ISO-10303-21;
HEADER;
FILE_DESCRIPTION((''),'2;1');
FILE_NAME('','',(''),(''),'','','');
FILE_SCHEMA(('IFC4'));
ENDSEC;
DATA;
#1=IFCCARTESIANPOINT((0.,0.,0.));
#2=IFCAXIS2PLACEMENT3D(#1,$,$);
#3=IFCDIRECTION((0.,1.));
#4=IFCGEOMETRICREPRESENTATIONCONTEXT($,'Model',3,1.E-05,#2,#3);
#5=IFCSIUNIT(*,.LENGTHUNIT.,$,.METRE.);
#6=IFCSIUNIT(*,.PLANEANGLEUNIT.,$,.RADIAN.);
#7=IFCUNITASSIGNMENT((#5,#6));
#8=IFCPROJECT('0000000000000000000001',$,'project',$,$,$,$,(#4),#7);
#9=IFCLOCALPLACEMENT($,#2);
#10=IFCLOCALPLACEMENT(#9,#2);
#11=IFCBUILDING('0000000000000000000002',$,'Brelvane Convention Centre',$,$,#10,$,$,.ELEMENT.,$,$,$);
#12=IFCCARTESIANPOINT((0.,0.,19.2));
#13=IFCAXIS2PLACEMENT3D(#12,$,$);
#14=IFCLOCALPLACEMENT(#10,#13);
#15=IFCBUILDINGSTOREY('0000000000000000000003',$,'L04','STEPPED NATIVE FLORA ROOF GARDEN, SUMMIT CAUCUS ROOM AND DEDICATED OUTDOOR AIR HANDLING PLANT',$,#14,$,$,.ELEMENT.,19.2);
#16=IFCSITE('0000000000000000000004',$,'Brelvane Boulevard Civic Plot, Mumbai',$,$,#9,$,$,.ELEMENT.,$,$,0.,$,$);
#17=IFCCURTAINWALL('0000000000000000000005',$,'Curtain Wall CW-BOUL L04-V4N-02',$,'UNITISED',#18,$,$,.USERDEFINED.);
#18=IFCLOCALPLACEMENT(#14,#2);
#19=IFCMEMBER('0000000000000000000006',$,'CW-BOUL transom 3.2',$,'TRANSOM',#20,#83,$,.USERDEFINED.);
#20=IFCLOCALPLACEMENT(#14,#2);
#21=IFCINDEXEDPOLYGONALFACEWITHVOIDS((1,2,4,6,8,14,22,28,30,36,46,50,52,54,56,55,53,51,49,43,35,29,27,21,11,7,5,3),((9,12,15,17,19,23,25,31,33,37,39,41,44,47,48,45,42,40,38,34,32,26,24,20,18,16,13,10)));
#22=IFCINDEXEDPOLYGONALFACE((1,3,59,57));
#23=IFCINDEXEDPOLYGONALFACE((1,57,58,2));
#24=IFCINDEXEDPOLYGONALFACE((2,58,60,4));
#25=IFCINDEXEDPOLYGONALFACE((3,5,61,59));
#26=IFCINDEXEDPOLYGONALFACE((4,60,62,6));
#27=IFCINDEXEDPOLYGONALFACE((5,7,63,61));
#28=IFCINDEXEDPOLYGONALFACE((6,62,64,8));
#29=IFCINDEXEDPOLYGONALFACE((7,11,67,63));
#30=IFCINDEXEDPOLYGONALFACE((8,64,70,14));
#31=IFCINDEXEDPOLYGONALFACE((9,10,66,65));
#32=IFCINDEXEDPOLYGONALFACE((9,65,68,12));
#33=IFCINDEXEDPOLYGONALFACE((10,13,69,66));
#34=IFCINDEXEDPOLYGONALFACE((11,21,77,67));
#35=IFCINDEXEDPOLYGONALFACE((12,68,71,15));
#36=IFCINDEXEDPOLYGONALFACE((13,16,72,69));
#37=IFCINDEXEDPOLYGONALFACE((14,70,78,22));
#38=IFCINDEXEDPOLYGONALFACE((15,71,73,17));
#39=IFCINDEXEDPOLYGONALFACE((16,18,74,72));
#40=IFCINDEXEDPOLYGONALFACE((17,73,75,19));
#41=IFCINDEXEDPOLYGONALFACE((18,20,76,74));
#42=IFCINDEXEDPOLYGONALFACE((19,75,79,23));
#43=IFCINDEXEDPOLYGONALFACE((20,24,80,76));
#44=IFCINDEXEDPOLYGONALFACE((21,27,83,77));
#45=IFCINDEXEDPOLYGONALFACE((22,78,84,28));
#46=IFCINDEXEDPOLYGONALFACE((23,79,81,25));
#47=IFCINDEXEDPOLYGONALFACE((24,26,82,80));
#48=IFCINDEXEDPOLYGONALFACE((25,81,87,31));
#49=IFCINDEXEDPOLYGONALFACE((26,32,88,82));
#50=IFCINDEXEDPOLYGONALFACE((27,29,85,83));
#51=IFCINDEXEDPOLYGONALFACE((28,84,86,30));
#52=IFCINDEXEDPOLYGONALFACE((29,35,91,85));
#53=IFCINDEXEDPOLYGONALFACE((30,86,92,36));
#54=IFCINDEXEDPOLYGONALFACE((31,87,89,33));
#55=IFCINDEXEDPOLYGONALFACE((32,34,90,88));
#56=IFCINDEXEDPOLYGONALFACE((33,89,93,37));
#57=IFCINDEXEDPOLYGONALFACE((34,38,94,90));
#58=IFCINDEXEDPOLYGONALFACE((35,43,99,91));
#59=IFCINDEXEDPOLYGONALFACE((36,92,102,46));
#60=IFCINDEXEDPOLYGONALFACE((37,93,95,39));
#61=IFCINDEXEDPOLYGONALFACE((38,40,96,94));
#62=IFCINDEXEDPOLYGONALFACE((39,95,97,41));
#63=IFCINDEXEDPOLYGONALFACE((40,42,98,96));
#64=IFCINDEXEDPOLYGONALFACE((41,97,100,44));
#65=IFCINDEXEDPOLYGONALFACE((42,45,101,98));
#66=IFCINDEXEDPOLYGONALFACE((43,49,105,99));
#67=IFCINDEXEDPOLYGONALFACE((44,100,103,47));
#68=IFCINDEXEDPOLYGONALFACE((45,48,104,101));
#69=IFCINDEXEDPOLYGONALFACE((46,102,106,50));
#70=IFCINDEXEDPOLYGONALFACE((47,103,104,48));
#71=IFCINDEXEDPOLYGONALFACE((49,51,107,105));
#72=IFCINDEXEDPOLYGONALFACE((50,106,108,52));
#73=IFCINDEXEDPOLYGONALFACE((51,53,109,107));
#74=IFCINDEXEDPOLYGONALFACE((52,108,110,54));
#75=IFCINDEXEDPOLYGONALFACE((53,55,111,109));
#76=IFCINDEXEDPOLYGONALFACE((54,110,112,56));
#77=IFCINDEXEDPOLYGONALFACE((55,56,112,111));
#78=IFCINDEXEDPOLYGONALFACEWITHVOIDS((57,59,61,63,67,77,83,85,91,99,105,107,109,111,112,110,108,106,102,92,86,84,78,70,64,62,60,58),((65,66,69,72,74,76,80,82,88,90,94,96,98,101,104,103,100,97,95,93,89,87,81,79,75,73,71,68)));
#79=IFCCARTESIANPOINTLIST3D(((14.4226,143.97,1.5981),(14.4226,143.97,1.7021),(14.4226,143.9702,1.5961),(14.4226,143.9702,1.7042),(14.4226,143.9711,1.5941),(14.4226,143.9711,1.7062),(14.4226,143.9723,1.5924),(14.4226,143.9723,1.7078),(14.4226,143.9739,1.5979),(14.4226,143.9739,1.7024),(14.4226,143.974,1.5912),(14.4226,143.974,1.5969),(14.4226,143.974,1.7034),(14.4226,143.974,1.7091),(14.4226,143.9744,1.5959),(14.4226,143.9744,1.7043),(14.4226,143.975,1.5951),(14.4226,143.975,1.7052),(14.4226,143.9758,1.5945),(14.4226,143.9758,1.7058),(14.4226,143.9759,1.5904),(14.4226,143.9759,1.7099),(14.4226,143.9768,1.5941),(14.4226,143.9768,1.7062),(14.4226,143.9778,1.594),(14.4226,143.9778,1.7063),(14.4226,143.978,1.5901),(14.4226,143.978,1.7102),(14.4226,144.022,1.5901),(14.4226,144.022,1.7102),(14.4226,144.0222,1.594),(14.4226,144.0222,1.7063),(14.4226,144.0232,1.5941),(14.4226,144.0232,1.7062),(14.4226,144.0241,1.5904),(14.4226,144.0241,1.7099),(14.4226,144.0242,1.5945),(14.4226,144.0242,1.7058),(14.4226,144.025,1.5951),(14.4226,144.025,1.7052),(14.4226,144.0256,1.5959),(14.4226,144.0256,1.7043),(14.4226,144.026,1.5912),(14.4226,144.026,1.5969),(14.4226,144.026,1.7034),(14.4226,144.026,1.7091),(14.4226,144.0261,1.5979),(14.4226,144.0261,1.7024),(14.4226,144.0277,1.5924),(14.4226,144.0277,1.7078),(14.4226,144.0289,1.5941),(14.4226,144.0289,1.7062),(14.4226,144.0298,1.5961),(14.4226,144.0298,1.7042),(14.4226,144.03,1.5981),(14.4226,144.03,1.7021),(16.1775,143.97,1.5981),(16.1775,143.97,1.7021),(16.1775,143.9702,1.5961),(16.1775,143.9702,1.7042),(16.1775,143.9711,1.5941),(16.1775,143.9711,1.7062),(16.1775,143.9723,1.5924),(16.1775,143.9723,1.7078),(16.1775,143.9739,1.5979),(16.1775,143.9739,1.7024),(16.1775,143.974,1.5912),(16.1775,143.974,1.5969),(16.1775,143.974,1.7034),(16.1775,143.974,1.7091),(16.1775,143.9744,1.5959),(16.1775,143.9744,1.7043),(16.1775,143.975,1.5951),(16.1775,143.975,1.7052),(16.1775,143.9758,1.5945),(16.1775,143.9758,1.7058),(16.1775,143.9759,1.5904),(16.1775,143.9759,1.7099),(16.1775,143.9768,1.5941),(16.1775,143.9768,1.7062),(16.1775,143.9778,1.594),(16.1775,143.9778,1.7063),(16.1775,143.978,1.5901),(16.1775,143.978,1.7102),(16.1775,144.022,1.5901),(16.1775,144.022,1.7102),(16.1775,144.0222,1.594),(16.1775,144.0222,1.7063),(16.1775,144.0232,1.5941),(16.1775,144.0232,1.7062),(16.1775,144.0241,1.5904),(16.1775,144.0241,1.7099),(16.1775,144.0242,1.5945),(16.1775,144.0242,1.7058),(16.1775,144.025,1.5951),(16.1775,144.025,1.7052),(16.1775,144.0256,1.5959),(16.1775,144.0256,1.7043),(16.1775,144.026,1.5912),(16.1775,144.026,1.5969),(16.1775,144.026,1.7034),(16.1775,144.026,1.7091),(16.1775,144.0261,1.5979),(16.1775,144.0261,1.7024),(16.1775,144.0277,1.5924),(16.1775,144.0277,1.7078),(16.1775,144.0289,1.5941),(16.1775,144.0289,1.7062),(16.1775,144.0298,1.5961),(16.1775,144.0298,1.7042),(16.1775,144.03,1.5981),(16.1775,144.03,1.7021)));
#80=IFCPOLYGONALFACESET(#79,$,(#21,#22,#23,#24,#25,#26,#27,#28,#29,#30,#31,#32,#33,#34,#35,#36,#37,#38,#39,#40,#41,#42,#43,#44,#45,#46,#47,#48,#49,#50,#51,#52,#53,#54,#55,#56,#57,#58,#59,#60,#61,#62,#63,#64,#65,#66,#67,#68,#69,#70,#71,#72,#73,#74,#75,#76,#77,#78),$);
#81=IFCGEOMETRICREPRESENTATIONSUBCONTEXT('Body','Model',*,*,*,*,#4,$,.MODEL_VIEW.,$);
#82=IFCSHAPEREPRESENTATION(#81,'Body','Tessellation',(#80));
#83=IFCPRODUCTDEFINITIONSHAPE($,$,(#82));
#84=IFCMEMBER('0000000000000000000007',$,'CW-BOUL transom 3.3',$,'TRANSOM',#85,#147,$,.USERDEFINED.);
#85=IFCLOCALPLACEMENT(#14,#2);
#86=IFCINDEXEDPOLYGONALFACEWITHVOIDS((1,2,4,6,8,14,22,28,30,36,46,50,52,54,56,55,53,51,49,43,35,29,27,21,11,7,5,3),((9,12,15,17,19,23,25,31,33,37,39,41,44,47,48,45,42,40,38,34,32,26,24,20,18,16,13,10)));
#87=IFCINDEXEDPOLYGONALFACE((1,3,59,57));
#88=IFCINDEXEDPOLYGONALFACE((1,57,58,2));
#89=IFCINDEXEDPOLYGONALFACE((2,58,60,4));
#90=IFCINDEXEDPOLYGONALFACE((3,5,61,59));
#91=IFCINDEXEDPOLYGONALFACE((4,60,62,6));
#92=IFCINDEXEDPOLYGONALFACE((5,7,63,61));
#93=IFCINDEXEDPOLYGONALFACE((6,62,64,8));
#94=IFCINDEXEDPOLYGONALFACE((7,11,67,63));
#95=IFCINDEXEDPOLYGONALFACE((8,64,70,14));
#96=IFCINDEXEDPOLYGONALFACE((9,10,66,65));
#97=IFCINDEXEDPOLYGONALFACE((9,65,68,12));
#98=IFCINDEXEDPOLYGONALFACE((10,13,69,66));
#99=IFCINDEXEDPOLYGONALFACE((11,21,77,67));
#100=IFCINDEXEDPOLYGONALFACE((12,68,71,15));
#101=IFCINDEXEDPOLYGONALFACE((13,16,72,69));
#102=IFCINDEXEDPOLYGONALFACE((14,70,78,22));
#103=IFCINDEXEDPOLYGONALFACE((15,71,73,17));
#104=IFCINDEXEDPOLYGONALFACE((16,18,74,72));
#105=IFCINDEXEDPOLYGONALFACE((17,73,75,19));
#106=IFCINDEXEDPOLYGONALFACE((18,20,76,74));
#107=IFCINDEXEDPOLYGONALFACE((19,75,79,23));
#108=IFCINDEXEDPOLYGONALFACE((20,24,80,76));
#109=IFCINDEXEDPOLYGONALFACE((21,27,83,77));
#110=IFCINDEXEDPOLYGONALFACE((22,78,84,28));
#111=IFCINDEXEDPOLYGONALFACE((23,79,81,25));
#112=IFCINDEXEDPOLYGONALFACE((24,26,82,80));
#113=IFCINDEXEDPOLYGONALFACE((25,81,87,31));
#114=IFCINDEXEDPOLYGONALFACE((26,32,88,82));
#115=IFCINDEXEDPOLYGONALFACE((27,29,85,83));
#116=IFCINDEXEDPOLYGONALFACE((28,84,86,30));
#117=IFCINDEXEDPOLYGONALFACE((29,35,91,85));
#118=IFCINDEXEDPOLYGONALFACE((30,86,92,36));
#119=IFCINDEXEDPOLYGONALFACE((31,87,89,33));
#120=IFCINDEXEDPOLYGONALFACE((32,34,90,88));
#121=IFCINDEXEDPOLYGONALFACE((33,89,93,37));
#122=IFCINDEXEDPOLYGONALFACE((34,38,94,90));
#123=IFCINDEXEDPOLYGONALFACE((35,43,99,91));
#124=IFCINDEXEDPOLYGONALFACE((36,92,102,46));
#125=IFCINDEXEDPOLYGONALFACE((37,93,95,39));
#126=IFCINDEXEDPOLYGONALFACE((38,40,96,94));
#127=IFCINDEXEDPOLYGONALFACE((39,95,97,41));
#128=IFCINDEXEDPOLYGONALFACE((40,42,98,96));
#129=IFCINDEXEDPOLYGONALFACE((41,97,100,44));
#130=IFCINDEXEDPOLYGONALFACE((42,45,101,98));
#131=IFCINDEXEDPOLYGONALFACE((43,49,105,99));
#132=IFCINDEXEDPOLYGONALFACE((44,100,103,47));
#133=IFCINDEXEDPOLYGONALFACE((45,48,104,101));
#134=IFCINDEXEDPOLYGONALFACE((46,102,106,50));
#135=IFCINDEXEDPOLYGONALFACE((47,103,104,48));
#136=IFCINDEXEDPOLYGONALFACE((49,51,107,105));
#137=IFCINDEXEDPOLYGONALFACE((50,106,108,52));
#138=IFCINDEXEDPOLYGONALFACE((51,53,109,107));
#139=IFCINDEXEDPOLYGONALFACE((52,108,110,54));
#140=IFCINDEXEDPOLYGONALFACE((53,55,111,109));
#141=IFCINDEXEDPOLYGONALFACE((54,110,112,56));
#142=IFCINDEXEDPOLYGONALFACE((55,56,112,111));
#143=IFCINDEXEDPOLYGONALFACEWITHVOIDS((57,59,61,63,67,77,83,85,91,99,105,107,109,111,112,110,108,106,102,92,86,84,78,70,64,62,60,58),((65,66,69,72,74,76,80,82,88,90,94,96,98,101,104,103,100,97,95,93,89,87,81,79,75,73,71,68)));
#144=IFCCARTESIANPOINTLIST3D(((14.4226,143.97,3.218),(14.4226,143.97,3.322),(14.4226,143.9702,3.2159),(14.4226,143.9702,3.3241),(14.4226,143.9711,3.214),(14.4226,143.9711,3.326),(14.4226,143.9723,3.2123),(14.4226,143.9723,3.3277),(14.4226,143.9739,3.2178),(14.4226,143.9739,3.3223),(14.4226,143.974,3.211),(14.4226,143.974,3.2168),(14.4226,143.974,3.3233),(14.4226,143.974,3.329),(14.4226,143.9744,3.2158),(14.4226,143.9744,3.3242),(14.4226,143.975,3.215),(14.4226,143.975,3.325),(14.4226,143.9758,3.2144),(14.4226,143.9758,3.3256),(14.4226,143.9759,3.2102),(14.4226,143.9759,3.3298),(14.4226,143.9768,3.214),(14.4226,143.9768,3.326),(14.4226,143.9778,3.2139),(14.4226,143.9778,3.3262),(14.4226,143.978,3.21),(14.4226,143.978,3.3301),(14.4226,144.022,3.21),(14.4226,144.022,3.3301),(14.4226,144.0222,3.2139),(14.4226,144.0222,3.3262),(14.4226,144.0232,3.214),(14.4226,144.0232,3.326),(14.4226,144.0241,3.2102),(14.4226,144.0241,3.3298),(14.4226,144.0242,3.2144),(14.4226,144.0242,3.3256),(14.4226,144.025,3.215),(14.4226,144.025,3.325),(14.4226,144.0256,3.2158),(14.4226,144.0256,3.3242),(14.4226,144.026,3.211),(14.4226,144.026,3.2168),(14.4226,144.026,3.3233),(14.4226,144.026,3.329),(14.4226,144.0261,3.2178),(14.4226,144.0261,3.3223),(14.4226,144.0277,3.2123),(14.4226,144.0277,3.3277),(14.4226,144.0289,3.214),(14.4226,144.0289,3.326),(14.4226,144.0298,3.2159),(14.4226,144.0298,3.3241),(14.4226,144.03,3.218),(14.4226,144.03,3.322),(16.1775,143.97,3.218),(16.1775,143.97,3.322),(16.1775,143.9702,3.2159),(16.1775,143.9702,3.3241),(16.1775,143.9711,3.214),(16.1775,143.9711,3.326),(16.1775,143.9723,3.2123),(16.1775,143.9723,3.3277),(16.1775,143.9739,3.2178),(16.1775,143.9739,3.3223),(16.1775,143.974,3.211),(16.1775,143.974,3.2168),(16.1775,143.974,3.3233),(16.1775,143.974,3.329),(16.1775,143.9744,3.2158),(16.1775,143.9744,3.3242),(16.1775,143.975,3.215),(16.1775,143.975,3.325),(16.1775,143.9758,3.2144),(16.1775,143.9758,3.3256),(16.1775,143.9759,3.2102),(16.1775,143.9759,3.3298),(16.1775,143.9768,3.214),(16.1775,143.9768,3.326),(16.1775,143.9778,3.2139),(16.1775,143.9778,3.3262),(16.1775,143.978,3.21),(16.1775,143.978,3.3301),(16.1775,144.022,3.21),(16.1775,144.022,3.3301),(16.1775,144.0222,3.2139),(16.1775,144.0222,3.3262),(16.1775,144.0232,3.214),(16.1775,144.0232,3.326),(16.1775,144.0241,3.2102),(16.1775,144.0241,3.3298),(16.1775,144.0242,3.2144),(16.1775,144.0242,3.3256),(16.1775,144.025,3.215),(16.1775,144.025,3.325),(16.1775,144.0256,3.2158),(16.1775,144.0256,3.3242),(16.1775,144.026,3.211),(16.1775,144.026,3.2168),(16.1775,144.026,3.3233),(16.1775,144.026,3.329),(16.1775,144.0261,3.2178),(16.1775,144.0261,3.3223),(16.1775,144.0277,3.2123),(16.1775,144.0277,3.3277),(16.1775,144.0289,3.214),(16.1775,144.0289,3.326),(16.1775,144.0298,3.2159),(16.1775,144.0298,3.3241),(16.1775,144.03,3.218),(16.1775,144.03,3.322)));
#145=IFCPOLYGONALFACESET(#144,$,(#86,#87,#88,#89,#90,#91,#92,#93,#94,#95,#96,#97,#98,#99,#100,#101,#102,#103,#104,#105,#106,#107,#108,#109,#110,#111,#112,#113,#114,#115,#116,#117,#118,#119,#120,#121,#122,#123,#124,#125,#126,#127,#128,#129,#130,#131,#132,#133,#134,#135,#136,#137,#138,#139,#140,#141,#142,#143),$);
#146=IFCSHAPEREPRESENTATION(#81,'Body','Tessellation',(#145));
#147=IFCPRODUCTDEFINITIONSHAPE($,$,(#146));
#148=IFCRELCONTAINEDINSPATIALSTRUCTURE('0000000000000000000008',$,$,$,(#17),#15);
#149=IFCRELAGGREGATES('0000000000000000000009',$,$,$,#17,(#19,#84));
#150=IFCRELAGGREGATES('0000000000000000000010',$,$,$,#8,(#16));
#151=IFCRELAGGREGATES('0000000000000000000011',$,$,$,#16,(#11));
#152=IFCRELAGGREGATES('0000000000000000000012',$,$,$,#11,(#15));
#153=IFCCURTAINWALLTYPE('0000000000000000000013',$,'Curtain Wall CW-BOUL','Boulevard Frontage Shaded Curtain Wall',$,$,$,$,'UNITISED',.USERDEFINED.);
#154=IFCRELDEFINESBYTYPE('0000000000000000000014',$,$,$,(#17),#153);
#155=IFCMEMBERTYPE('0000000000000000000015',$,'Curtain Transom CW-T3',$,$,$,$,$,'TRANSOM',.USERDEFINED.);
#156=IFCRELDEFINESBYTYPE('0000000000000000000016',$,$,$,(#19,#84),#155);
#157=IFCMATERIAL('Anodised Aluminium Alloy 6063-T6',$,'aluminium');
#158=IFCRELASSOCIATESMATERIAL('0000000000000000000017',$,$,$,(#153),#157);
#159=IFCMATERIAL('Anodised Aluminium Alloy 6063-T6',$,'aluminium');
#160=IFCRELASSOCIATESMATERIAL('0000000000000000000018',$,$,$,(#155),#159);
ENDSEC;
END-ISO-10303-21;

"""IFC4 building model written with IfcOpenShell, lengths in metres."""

from ifc_helpers import new_model, si_unit, direction, frame, origin, origin_2d, place, context, subcontext, project, spatial, hollow_rectangle, extrude, material, material_profile, profile_set, type_object, element, aggregate, save


model = new_model("IFC4")

# Units and contexts
model_context = context("Model", 3, precision=1e-05, world=origin(), true_north=direction((0.0, 1.0)))
body_context = subcontext(model_context, "Body", "Model", "MODEL_VIEW")
ifc_project = project(units=[si_unit("LENGTHUNIT", "METRE"), si_unit("PLANEANGLEUNIT", "RADIAN")], contexts=[model_context])

# Site, building, storey
site_placement = place(None, origin())
site = spatial("IfcSite", under=ifc_project, at=site_placement, Name="Brelvane Boulevard Civic Plot, Mumbai", CompositionType="ELEMENT", RefElevation=0.0)
building_placement = place(site_placement, origin())
building = spatial("IfcBuilding", under=site, at=building_placement, Name="Brelvane Convention Centre", CompositionType="ELEMENT")
storey_placement = place(building_placement, frame((0.0, 0.0, 19.2)))
storey = spatial("IfcBuildingStorey", under=building, at=storey_placement, Name="L04", Description="STEPPED NATIVE FLORA ROOF GARDEN, SUMMIT CAUCUS ROOM AND DEDICATED OUTDOOR AIR HANDLING PLANT", CompositionType="ELEMENT", Elevation=19.2)

# Curtain wall, members
ifc_material_1 = material(Name="Anodised Aluminium Alloy 6063-T6", Category="aluminium")
curtain_wall_type = type_object("IfcCurtainWallType", Name="Curtain Wall CW-BOUL", Description="Boulevard Frontage Shaded Curtain Wall", ElementType="UNITISED", PredefinedType="USERDEFINED", material=ifc_material_1)
curtain_wall_placement = place(storey_placement, origin())
curtain_wall = element("IfcCurtainWall", 1, at=curtain_wall_placement, inside=storey, type_object=curtain_wall_type, Name="Curtain Wall CW-BOUL L04-V4N-02", ObjectType="UNITISED", PredefinedType="USERDEFINED")
ifc_material_2 = material(Name="Anodised Aluminium Alloy 6063-T6", Category="aluminium")
ifc_material_profile_1 = material_profile(ifc_material_2, hollow_rectangle(XDim=0.0601, YDim=0.1201, WallThickness=0.0039, InnerFilletRadius=0.0039, OuterFilletRadius=0.0081, at=origin_2d()), Name="ALU-T 120x60x4.0")
ifc_profile_set_1 = profile_set([ifc_material_profile_1], Name="Anodised Aluminium Alloy 6063-T6")
member_type_1 = type_object("IfcMemberType", Name="Curtain Transom CW-T3", ElementType="TRANSOM", PredefinedType="USERDEFINED", material=ifc_profile_set_1)
member_1_placement = place(storey_placement, frame((14.4226, 144.0, 1.6501), z_axis=(1.0, 0.0, 0.0), x_axis=(0.0, 1.0, 0.0)))
member_1 = element("IfcMember", 2, at=member_1_placement, type_object=member_type_1, Name="CW-BOUL transom 3.2", ObjectType="TRANSOM", PredefinedType="USERDEFINED", context=body_context, shape_type="SweptSolid", body=[
    extrude(hollow_rectangle(XDim=0.0601, YDim=0.1201, WallThickness=0.0039, InnerFilletRadius=0.0039, OuterFilletRadius=0.0081, at=origin_2d()), origin(), (0.0, 0.0, 1.0), 1.7549),
])
member_2_placement = place(storey_placement, frame((14.4226, 144.0, 3.27), z_axis=(1.0, 0.0, 0.0), x_axis=(0.0, 1.0, 0.0)))
member_2 = element("IfcMember", 3, at=member_2_placement, type_object=member_type_1, Name="CW-BOUL transom 3.3", ObjectType="TRANSOM", PredefinedType="USERDEFINED", context=body_context, shape_type="SweptSolid", body=[
    extrude(hollow_rectangle(XDim=0.0601, YDim=0.1201, WallThickness=0.0039, InnerFilletRadius=0.0039, OuterFilletRadius=0.0081, at=origin_2d()), origin(), (0.0, 0.0, 1.0), 1.7549),
])

aggregate(curtain_wall, [member_1, member_2])

save(model, "model.ifc")
